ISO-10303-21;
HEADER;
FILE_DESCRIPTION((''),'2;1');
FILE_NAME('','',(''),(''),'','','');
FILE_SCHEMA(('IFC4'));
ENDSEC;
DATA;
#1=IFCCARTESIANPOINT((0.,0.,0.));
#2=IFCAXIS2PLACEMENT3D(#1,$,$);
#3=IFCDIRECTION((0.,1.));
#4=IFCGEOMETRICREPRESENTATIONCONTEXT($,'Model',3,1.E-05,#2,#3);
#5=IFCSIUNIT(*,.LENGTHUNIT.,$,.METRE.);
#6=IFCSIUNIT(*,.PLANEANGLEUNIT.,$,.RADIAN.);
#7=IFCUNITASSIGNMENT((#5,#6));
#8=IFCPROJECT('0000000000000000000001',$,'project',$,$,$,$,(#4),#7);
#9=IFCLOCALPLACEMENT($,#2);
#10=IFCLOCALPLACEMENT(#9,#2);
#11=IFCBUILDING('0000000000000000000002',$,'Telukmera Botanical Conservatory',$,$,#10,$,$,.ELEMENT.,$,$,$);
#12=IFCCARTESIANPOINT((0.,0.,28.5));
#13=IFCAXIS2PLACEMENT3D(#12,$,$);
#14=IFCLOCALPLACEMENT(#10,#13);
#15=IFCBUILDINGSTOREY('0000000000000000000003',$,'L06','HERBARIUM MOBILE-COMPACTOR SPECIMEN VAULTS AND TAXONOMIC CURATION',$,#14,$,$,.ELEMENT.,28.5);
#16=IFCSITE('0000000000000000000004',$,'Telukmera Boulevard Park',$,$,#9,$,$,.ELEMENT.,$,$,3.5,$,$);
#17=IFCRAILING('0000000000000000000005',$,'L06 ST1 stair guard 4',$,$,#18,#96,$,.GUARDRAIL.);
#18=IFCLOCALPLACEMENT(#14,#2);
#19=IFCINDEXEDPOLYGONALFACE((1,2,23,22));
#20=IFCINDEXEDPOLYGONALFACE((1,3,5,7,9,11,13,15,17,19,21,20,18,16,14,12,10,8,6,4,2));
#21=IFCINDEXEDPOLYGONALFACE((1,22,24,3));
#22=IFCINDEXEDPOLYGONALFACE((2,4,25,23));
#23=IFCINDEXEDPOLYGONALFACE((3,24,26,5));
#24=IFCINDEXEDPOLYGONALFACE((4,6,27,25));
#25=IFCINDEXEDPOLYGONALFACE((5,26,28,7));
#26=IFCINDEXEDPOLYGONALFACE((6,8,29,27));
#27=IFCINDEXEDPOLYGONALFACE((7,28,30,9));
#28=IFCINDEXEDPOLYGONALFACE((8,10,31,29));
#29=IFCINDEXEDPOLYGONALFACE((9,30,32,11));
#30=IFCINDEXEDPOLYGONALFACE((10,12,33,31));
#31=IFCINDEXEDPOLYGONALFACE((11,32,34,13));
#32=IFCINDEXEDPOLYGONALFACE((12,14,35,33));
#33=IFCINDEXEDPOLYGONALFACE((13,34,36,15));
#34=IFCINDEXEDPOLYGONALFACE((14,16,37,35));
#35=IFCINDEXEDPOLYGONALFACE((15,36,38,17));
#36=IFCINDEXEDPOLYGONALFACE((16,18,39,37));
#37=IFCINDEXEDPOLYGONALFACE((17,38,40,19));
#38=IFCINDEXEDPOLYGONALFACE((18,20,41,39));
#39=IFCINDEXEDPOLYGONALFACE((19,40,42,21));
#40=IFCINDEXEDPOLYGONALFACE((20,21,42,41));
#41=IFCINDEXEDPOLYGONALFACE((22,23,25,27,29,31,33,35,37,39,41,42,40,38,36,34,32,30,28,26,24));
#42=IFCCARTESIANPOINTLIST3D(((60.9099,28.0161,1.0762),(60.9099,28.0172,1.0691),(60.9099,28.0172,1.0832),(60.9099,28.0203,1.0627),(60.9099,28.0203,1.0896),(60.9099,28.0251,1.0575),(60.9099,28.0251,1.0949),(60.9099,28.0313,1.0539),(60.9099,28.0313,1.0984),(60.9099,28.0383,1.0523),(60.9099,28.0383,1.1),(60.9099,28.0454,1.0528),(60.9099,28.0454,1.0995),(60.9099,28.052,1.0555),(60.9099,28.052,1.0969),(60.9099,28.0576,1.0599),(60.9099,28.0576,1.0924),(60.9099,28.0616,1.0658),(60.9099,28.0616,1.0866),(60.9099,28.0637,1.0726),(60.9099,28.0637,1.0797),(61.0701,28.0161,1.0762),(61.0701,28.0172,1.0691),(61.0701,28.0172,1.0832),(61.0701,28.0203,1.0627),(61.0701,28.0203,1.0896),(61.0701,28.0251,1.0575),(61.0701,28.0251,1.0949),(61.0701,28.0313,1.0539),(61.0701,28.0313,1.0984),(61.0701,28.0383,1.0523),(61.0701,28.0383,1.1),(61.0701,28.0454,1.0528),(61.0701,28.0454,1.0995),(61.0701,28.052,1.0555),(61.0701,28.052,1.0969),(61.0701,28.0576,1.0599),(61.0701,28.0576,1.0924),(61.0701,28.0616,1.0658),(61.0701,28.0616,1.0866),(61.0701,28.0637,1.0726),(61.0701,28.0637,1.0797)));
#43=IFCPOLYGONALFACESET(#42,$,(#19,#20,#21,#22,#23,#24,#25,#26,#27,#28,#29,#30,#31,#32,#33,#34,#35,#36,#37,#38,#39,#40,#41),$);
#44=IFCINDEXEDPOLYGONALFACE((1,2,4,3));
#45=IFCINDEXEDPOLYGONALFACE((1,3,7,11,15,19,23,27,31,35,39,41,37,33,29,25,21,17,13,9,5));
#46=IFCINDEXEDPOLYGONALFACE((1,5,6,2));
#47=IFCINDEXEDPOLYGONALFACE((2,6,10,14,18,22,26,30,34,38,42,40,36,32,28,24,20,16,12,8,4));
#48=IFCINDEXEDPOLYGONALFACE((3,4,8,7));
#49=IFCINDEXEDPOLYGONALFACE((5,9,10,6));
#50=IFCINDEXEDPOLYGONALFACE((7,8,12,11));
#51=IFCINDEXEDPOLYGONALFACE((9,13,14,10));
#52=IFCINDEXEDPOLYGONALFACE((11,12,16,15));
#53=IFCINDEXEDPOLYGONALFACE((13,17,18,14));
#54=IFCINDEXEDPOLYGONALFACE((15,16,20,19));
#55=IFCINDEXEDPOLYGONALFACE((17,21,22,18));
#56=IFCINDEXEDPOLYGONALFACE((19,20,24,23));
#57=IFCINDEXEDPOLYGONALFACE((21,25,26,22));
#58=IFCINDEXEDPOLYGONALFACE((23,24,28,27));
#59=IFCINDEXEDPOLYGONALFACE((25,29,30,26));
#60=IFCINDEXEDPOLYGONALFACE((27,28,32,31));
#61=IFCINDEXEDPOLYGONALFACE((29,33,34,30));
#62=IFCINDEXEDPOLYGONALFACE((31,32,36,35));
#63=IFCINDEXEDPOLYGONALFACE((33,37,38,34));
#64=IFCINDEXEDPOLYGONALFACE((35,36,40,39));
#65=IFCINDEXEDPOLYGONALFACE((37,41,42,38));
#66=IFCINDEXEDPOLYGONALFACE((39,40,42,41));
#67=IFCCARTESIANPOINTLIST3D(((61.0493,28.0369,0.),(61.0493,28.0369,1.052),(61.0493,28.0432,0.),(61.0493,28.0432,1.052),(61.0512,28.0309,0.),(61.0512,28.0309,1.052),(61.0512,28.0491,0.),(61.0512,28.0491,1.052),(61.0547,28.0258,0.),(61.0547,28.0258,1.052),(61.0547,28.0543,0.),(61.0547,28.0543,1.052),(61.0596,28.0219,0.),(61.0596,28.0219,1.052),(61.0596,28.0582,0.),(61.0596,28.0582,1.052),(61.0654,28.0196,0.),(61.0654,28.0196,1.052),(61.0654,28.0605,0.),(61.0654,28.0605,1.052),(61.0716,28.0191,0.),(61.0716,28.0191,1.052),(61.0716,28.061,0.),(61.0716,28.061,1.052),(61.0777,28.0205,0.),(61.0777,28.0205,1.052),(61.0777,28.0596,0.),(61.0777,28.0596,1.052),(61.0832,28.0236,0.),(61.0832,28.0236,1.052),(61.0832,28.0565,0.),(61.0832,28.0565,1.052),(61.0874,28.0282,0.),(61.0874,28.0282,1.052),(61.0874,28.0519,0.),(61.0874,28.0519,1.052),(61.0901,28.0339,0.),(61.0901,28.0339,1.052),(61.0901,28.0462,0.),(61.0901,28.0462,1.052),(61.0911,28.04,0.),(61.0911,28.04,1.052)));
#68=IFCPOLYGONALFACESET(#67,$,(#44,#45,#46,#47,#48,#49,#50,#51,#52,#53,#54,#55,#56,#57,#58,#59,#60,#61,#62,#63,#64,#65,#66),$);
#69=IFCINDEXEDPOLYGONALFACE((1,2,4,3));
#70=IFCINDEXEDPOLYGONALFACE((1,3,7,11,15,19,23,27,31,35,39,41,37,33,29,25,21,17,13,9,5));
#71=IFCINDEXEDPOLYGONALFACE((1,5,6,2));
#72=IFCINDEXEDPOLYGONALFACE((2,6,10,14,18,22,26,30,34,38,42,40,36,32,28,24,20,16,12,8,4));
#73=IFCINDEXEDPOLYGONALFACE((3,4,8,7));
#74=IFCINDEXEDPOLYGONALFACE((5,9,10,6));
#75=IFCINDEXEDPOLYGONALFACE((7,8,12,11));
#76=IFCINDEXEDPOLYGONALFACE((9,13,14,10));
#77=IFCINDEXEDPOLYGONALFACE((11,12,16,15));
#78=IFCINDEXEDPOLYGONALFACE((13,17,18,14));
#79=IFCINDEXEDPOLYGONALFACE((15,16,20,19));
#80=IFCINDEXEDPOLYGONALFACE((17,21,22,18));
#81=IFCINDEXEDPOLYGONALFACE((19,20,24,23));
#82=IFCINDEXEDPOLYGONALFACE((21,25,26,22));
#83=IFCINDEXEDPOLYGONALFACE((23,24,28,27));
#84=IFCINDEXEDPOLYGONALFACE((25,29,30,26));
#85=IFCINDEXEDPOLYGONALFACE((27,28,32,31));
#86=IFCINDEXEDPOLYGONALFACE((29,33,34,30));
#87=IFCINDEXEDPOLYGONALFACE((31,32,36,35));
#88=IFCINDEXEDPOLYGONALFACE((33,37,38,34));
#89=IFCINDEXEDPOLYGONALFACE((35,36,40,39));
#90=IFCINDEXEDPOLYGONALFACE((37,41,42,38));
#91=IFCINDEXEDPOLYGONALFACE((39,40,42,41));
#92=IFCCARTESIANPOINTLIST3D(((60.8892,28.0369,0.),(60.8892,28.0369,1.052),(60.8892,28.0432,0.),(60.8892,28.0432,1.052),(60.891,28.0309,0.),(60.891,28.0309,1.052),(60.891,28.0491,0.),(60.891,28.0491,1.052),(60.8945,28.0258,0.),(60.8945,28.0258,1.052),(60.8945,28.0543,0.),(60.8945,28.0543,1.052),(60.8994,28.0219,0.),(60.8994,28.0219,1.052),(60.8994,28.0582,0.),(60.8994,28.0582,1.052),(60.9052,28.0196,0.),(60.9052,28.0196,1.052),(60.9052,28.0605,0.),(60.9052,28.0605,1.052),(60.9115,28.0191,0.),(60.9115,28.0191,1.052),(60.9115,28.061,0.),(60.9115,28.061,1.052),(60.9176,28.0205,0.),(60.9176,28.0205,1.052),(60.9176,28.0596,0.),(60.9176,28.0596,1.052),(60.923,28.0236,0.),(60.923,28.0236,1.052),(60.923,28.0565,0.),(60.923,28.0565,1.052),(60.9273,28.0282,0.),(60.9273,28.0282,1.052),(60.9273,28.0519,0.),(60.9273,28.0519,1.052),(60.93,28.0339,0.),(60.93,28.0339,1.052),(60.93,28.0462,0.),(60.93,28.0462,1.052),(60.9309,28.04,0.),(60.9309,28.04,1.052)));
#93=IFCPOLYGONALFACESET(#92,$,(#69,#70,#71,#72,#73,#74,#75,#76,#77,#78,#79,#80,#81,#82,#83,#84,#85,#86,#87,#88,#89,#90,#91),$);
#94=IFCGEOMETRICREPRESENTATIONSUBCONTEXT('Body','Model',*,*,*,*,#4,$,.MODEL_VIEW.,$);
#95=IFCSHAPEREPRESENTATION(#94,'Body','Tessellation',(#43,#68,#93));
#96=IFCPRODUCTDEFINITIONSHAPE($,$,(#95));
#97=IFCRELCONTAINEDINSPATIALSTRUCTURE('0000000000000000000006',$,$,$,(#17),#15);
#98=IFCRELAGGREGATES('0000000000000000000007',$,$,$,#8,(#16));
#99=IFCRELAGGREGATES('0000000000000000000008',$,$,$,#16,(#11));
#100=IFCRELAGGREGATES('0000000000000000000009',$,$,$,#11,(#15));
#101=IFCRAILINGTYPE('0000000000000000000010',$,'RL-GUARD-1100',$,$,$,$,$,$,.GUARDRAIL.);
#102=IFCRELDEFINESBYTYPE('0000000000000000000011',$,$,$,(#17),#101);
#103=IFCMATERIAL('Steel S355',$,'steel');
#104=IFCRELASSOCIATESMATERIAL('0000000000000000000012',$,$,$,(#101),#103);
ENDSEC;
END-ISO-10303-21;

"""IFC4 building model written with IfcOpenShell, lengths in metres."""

from ifc_helpers import new_model, si_unit, direction, frame, origin, origin_2d, place, context, subcontext, project, spatial, circle, extrude, material, type_object, element, save


model = new_model("IFC4")

# Units and contexts
model_context = context("Model", 3, precision=1e-05, world=origin(), true_north=direction((0.0, 1.0)))
body_context = subcontext(model_context, "Body", "Model", "MODEL_VIEW")
ifc_project = project(units=[si_unit("LENGTHUNIT", "METRE"), si_unit("PLANEANGLEUNIT", "RADIAN")], contexts=[model_context])

# Site, building, storey
site_placement = place(None, origin())
site = spatial("IfcSite", under=ifc_project, at=site_placement, Name="Telukmera Boulevard Park", CompositionType="ELEMENT", RefElevation=3.5)
building_placement = place(site_placement, origin())
building = spatial("IfcBuilding", under=site, at=building_placement, Name="Telukmera Botanical Conservatory", CompositionType="ELEMENT")
storey_placement = place(building_placement, frame((0.0, 0.0, 28.5)))
storey = spatial("IfcBuildingStorey", under=building, at=storey_placement, Name="L06", Description="HERBARIUM MOBILE-COMPACTOR SPECIMEN VAULTS AND TAXONOMIC CURATION", CompositionType="ELEMENT", Elevation=28.5)

# Railing
ifc_material_1 = material(Name="Steel S355", Category="steel")
railing_type_1 = type_object("IfcRailingType", Name="RL-GUARD-1100", PredefinedType="GUARDRAIL", material=ifc_material_1)
railing_1_placement = place(storey_placement, frame((61.0701, 28.04, 0.0)))
element("IfcRailing", 1, at=railing_1_placement, inside=storey, type_object=railing_type_1, Name="L06 ST1 stair guard 4", PredefinedType="GUARDRAIL", context=body_context, shape_type="SweptSolid", body=[
    extrude(circle(Radius=0.0239, at=origin_2d()), frame((0.0, 0.0, 1.0762), z_axis=(-1.0, 0.0, 0.0), x_axis=(0.0, -1.0, 0.0)), (0.0, 0.0, 1.0), 0.1602),
    extrude(circle(Radius=0.021, at=origin_2d()), origin(), (0.0, 0.0, 1.0), 1.052),
    extrude(circle(Radius=0.021, at=origin_2d()), frame((-0.1602, 0.0, 0.0)), (0.0, 0.0, 1.0), 1.052),
])

save(model, "model.ifc")
